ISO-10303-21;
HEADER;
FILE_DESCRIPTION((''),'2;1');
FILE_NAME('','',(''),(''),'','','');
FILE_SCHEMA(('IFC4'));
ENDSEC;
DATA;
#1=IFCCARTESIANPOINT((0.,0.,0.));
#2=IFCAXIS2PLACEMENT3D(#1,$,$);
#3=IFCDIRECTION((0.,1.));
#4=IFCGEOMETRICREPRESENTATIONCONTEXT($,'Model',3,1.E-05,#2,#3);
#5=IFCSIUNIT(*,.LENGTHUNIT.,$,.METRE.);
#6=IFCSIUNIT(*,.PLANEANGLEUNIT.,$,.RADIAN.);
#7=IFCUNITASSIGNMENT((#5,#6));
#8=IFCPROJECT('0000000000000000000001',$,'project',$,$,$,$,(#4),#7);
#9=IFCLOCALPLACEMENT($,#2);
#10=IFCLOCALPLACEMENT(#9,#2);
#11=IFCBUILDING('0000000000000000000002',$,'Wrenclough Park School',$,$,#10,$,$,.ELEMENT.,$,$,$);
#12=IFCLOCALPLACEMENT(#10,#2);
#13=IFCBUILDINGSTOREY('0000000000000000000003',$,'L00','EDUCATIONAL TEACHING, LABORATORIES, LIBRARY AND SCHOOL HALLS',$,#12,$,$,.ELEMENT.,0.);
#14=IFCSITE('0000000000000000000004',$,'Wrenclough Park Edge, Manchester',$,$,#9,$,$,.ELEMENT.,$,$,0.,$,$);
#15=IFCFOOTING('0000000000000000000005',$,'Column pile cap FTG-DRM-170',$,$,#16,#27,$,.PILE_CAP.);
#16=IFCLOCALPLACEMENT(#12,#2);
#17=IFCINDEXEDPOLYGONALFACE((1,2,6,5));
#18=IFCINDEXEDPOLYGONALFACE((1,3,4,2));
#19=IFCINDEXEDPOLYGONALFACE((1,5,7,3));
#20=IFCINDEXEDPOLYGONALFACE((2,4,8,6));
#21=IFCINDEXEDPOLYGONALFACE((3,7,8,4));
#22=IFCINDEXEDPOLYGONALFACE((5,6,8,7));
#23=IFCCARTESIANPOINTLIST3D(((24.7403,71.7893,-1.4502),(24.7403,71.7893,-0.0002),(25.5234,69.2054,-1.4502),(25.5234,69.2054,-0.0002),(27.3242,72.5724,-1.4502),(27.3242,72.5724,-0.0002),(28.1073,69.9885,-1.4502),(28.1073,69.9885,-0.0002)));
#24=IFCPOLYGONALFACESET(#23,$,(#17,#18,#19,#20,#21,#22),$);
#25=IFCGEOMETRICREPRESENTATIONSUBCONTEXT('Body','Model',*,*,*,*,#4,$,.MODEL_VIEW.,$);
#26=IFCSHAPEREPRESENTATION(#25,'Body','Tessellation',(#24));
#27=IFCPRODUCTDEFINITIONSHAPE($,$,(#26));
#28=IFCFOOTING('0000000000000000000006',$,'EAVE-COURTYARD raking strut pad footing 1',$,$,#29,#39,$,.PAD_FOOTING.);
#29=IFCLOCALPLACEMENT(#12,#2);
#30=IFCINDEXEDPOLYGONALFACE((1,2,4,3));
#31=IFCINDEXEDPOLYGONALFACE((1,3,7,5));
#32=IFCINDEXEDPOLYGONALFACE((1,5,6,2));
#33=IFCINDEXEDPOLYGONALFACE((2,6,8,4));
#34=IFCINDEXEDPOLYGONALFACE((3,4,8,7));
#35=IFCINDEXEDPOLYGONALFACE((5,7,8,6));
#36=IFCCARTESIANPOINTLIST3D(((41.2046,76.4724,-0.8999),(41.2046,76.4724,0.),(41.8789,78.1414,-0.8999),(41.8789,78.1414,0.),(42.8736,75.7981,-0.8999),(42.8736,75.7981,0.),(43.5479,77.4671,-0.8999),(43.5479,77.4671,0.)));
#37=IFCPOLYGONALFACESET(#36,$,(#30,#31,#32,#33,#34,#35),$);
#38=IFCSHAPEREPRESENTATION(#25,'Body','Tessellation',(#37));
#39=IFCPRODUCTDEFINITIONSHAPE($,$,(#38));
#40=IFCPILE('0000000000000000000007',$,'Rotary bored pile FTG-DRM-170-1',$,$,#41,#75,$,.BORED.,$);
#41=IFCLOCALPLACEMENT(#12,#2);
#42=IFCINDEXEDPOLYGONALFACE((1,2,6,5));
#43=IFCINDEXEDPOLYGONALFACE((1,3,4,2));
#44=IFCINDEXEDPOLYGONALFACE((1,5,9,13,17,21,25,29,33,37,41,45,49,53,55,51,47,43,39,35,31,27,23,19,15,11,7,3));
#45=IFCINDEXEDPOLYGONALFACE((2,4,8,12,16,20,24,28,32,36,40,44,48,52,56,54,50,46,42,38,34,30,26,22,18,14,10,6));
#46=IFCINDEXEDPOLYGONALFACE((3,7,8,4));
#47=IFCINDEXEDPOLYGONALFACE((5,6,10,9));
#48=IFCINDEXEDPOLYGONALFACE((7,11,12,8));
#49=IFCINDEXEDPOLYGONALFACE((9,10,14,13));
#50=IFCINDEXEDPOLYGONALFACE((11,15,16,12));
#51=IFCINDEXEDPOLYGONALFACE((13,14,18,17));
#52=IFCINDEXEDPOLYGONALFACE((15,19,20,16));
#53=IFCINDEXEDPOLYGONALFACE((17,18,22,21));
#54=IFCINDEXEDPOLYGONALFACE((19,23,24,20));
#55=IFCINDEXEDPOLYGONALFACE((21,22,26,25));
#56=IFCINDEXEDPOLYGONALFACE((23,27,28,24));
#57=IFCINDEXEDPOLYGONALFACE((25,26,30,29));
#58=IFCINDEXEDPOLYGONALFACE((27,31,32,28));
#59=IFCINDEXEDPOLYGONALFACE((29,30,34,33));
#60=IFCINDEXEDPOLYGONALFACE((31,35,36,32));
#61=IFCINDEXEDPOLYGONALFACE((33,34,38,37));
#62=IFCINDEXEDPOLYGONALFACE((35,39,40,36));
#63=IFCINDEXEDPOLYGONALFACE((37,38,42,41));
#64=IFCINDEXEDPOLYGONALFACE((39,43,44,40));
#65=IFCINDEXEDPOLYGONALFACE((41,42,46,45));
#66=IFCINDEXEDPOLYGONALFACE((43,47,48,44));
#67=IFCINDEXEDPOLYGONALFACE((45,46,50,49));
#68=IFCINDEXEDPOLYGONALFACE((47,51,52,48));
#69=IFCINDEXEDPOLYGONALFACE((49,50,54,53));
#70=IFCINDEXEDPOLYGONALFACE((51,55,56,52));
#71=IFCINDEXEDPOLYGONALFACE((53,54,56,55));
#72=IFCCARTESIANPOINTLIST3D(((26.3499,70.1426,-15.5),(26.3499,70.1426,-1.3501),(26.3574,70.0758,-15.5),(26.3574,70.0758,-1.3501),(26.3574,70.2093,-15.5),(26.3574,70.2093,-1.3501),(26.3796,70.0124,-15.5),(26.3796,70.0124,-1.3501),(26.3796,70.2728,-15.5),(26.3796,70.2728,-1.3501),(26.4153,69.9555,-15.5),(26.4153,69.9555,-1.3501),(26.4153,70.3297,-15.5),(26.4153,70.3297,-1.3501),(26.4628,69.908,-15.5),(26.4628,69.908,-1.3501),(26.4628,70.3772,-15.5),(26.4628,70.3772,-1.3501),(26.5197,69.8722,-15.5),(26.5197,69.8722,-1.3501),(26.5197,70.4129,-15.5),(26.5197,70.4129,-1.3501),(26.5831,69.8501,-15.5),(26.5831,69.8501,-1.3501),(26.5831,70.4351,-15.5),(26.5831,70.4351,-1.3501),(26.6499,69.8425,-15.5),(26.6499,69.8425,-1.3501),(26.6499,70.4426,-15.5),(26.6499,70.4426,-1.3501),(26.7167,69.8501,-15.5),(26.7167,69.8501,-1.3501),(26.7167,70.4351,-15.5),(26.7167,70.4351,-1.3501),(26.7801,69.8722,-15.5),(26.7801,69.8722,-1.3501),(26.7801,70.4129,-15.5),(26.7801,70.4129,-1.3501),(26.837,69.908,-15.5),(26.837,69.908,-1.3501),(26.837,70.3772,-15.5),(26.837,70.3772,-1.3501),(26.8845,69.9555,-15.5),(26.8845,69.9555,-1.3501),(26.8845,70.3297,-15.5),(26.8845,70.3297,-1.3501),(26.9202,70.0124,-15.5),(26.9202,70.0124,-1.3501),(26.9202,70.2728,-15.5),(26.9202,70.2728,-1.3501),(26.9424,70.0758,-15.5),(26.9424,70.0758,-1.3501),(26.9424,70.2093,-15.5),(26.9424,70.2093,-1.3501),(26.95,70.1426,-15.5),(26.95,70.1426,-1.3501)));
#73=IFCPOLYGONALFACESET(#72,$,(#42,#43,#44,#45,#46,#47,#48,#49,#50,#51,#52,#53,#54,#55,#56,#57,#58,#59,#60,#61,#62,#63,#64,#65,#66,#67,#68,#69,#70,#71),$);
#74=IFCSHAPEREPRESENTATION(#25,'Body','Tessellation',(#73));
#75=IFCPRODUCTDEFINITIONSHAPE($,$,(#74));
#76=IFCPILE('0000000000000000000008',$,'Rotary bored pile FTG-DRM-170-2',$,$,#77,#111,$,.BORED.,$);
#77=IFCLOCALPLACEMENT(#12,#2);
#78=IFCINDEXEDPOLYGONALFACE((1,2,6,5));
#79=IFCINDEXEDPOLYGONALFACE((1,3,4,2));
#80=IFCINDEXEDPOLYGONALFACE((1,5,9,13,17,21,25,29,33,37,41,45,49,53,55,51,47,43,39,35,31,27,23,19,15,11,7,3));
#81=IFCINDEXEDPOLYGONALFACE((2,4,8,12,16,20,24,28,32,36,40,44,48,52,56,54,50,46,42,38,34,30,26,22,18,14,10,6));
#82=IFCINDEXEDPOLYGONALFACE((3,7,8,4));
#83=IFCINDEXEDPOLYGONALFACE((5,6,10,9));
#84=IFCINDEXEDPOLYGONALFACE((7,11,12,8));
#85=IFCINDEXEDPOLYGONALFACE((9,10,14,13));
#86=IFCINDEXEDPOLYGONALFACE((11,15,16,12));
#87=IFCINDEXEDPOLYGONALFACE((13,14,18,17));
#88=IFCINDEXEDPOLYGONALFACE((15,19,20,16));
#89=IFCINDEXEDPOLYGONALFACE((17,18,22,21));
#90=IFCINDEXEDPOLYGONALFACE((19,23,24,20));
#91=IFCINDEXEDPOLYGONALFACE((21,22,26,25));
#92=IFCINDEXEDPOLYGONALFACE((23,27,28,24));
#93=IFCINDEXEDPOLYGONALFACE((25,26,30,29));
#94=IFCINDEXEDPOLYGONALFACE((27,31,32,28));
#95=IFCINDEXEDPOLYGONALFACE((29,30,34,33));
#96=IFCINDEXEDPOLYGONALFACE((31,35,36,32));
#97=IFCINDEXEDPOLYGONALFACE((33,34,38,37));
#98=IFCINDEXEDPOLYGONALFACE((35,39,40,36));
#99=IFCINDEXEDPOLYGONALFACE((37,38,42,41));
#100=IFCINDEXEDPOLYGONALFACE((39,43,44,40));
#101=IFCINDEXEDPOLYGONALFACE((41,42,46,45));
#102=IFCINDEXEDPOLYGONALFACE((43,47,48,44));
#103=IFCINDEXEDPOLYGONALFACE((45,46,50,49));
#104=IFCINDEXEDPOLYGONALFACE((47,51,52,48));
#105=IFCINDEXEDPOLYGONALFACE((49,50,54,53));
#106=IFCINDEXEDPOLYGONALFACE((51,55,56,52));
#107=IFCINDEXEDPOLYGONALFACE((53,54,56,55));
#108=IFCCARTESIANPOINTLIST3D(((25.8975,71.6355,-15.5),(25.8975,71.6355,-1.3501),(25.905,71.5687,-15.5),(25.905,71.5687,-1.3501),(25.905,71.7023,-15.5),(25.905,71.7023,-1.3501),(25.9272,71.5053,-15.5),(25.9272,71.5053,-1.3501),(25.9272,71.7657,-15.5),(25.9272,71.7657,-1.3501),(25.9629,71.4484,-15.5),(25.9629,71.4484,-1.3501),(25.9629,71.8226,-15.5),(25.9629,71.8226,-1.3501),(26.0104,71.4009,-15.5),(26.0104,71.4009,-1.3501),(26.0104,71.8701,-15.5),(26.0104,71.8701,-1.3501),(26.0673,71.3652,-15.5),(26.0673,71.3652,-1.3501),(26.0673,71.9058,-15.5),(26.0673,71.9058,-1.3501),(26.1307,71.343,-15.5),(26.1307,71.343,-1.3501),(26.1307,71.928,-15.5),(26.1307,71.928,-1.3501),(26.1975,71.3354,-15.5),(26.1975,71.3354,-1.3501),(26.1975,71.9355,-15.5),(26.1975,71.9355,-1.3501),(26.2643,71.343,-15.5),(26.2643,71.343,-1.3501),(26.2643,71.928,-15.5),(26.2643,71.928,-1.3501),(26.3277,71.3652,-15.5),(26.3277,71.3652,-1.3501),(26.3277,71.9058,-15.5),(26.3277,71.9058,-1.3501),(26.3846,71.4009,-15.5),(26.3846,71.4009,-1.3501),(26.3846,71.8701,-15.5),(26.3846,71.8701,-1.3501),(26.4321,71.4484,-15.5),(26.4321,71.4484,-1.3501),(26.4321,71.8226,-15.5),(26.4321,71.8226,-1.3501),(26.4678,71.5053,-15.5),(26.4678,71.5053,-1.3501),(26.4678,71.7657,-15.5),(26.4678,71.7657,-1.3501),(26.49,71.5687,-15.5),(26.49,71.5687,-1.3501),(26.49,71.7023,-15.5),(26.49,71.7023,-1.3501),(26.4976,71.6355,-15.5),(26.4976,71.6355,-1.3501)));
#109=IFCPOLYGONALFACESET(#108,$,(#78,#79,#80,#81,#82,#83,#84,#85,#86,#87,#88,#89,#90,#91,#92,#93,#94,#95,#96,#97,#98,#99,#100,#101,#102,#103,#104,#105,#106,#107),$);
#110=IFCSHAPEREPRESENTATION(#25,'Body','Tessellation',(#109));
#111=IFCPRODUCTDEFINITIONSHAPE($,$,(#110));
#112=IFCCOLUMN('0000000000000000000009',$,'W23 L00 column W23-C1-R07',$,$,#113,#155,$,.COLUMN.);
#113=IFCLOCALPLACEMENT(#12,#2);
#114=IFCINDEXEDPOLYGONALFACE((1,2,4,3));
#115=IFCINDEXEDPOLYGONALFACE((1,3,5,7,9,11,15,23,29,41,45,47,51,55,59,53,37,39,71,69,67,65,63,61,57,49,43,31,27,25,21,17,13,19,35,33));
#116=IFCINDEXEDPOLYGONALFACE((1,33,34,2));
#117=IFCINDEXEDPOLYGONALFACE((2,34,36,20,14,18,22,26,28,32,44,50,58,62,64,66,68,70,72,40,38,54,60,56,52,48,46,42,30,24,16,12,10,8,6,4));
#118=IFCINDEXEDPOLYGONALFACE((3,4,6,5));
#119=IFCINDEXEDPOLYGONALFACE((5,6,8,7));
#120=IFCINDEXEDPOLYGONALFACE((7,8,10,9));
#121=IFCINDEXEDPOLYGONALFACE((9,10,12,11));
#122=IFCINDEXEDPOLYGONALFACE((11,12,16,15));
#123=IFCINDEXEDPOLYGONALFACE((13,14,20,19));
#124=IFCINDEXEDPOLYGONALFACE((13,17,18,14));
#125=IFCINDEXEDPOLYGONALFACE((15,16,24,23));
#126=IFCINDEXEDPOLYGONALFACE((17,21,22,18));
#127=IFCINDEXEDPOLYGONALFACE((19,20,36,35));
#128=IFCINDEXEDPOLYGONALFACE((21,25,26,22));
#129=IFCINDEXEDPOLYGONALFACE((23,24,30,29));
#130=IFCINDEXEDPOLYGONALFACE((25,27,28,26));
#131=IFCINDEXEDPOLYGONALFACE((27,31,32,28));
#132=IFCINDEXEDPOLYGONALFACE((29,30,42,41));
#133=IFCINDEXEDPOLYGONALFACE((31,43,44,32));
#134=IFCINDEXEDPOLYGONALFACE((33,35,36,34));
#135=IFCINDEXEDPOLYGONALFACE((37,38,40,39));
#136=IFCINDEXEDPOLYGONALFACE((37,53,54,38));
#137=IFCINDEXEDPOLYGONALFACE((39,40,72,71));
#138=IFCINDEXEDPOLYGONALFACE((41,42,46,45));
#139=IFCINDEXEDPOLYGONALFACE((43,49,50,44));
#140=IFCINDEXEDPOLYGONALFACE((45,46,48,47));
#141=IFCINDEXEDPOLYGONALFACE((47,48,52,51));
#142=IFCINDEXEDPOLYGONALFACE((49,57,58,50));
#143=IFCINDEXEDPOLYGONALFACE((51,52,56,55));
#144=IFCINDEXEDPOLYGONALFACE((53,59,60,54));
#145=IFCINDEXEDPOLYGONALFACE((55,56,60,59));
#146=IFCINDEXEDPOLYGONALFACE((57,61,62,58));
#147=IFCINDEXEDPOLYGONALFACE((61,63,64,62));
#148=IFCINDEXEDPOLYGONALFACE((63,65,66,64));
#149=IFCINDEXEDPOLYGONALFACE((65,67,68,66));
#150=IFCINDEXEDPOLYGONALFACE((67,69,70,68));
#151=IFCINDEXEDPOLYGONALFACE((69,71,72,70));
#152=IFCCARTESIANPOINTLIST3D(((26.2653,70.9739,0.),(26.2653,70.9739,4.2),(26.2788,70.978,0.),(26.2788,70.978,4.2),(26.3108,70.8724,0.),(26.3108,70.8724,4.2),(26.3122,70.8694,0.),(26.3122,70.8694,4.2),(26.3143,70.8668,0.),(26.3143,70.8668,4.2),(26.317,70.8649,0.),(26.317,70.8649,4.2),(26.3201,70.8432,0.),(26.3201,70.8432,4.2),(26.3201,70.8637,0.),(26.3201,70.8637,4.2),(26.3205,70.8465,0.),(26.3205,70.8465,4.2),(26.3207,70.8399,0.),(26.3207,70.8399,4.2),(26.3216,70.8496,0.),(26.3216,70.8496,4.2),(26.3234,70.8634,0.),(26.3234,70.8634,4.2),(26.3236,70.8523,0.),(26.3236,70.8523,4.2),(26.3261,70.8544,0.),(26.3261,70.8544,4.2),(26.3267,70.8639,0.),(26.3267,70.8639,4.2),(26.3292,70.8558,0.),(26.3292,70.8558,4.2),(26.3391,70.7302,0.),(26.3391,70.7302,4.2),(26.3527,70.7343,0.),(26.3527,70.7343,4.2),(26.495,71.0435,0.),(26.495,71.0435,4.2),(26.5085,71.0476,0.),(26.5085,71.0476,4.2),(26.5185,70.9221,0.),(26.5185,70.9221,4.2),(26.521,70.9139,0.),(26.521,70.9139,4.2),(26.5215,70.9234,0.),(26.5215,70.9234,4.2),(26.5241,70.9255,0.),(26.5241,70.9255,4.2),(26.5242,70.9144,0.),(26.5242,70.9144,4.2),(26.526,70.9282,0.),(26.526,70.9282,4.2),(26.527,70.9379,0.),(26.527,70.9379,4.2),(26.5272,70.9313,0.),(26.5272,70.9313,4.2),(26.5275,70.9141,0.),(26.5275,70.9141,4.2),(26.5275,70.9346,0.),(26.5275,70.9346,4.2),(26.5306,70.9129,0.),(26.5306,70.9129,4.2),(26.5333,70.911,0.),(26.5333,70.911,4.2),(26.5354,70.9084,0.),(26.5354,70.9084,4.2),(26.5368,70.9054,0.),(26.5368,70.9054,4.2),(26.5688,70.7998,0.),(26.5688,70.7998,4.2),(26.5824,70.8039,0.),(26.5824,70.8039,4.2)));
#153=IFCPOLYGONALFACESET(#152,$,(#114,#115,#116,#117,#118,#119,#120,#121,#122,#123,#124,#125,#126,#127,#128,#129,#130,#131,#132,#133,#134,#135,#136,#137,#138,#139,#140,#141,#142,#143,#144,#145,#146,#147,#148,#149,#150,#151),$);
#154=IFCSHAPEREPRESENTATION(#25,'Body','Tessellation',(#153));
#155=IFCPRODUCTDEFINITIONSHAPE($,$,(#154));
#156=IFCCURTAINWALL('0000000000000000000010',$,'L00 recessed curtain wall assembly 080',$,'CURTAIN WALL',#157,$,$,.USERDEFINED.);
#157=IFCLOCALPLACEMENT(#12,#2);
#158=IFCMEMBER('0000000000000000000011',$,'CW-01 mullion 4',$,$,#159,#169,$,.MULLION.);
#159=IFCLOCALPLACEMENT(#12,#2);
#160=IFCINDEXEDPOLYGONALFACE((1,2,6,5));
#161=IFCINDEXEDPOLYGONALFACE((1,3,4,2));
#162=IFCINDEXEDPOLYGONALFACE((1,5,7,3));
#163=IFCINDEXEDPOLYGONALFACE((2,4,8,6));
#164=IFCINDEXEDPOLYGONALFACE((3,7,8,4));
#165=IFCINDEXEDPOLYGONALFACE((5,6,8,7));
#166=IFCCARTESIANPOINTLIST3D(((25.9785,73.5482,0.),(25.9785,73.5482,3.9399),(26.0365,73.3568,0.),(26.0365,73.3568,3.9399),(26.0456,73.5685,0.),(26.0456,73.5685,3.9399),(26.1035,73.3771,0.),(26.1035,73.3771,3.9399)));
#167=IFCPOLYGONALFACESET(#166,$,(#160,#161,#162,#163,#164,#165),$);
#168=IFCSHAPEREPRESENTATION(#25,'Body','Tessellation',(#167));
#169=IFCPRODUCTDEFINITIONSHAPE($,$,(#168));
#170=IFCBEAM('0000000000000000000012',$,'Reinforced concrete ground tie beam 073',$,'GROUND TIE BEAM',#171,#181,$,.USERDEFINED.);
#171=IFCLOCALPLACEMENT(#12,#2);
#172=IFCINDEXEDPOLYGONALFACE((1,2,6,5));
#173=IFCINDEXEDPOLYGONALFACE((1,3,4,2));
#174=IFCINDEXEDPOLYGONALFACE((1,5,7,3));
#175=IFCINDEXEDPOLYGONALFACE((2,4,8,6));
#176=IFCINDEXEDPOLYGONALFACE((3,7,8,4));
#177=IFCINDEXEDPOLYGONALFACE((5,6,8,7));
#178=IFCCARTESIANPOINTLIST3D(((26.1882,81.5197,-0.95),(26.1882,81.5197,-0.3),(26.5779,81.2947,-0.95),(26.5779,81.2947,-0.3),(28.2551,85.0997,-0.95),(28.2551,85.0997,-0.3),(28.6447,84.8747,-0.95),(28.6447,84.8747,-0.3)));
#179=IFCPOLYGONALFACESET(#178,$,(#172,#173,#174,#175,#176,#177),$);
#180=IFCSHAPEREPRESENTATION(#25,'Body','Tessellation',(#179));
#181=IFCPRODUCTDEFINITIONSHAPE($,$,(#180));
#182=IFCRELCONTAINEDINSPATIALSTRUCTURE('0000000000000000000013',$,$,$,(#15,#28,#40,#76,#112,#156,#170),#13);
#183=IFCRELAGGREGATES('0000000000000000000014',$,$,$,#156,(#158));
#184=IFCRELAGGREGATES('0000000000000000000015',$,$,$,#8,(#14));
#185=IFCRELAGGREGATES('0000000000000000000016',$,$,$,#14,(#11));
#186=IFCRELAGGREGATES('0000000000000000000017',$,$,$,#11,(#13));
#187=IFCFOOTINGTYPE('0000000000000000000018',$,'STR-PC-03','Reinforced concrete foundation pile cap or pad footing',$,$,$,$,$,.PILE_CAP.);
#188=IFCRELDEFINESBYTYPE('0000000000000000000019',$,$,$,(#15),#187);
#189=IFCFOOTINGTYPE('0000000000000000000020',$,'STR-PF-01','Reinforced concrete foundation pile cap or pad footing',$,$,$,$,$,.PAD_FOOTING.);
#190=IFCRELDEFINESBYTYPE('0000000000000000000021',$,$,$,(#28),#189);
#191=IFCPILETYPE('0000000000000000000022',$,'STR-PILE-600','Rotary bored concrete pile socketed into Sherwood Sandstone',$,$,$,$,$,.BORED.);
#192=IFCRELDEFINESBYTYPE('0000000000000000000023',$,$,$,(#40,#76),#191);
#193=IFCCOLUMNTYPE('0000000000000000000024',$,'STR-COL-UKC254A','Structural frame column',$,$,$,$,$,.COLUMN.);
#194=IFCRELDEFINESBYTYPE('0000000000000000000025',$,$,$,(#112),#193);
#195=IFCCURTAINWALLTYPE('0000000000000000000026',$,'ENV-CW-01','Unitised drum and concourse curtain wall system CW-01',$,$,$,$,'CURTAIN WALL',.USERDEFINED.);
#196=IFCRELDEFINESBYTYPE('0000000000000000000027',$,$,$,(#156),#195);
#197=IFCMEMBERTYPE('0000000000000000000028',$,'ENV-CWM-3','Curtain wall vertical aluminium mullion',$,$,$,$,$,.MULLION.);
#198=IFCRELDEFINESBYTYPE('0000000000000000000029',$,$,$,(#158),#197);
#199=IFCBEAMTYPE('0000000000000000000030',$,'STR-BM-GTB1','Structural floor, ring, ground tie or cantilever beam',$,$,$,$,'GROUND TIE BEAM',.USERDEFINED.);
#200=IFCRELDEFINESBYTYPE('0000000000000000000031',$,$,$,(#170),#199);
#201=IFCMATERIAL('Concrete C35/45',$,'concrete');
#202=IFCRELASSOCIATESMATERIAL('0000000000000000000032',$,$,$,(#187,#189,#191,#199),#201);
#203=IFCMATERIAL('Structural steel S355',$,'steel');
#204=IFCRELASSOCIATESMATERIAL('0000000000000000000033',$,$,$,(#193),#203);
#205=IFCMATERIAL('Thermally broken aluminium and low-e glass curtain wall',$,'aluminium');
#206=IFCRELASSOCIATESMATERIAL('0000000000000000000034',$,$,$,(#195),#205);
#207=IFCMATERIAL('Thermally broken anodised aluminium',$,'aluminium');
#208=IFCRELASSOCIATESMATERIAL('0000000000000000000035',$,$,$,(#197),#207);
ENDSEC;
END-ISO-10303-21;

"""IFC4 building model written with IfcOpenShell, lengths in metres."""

from ifc_helpers import new_model, si_unit, direction, frame, origin, origin_2d, place, context, subcontext, project, spatial, rectangle, circle, i_section, extrude, material, material_profile, profile_set, type_object, element, aggregate, save


model = new_model("IFC4")

# Units and contexts
model_context = context("Model", 3, precision=1e-05, world=origin(), true_north=direction((0.0, 1.0)))
body_context = subcontext(model_context, "Body", "Model", "MODEL_VIEW")
ifc_project = project(units=[si_unit("LENGTHUNIT", "METRE"), si_unit("PLANEANGLEUNIT", "RADIAN")], contexts=[model_context])

# Site, building, storey
site_placement = place(None, origin())
site = spatial("IfcSite", under=ifc_project, at=site_placement, Name="Wrenclough Park Edge, Manchester", CompositionType="ELEMENT", RefElevation=0.0)
building_placement = place(site_placement, origin())
building = spatial("IfcBuilding", under=site, at=building_placement, Name="Wrenclough Park School", CompositionType="ELEMENT")
storey_placement = place(building_placement, origin())
storey = spatial("IfcBuildingStorey", under=building, at=storey_placement, Name="L00", Description="EDUCATIONAL TEACHING, LABORATORIES, LIBRARY AND SCHOOL HALLS", CompositionType="ELEMENT", Elevation=0.0)

# Footings
ifc_material_1 = material(Name="Concrete C35/45", Category="concrete")
footing_type_1 = type_object("IfcFootingType", Name="STR-PC-03", Description="Reinforced concrete foundation pile cap or pad footing", PredefinedType="PILE_CAP", material=ifc_material_1)
footing_1_placement = place(storey_placement, frame((26.4238, 70.8889, -1.4502), z_axis=(0.0, 0.0, 1.0), x_axis=(-0.290034, 0.957016, 0.0)))
element("IfcFooting", 1, at=footing_1_placement, inside=storey, type_object=footing_type_1, Name="Column pile cap FTG-DRM-170", PredefinedType="PILE_CAP", context=body_context, shape_type="SweptSolid", body=[
    extrude(rectangle(XDim=2.7, YDim=2.7, at=origin_2d()), origin(), (0.0, 0.0, 1.0), 1.45),
])
footing_type_2 = type_object("IfcFootingType", Name="STR-PF-01", Description="Reinforced concrete foundation pile cap or pad footing", PredefinedType="PAD_FOOTING", material=ifc_material_1)
footing_2_placement = place(storey_placement, frame((42.3762, 76.9697, -0.8999), z_axis=(0.0, 0.0, 1.0), x_axis=(0.927184, -0.374607, 0.0)))
element("IfcFooting", 2, at=footing_2_placement, inside=storey, type_object=footing_type_2, Name="EAVE-COURTYARD raking strut pad footing 1", PredefinedType="PAD_FOOTING", context=body_context, shape_type="SweptSolid", body=[
    extrude(rectangle(XDim=1.8, YDim=1.8, at=origin_2d()), origin(), (0.0, 0.0, 1.0), 0.8999),
])

# Piles
ifc_material_profile_1 = material_profile(ifc_material_1, circle(Radius=0.3, at=origin_2d()), Name="BORED PILE D600")
ifc_profile_set_1 = profile_set([ifc_material_profile_1], Name="Concrete C35/45")
pile_type = type_object("IfcPileType", Name="STR-PILE-600", Description="Rotary bored concrete pile socketed into Sherwood Sandstone", PredefinedType="BORED", material=ifc_profile_set_1)
for number, where, z_axis, x_axis, name in (
    (3, (26.6499, 70.1426, -1.3501), (0.0, 0.0, -1.0), (1.0, 0.0, 0.0), "Rotary bored pile FTG-DRM-170-1"),
    (4, (26.1975, 71.6355, -1.3501), (0.0, 0.0, -1.0), (1.0, 0.0, 0.0), "Rotary bored pile FTG-DRM-170-2"),
):
    element("IfcPile", number, at=place(storey_placement, frame(where, z_axis=z_axis, x_axis=x_axis)), inside=storey, type_object=pile_type, Name=name, PredefinedType="BORED", context=body_context, shape_type="SweptSolid", body=[
        extrude(circle(Radius=0.3, at=origin_2d()), origin(), (0.0, 0.0, 1.0), 14.1499),
    ])

# Column
ifc_material_2 = material(Name="Structural steel S355", Category="steel")
ifc_material_profile_2 = material_profile(ifc_material_2, i_section(OverallWidth=0.2546, OverallDepth=0.2542, WebThickness=0.0085, FlangeThickness=0.0142, FilletRadius=0.0127, at=origin_2d()), Name="UKC 254x254x73")
ifc_profile_set_2 = profile_set([ifc_material_profile_2], Name="Structural steel S355")
column_type = type_object("IfcColumnType", Name="STR-COL-UKC254A", Description="Structural frame column", PredefinedType="COLUMN", material=ifc_profile_set_2)
column_placement = place(storey_placement, frame((26.4238, 70.8889, 0.0), z_axis=(0.0, 0.0, 1.0), x_axis=(-0.290034, 0.957016, 0.0)))
element("IfcColumn", 5, at=column_placement, inside=storey, type_object=column_type, Name="W23 L00 column W23-C1-R07", PredefinedType="COLUMN", context=body_context, shape_type="SweptSolid", body=[
    extrude(i_section(OverallWidth=0.2546, OverallDepth=0.2542, WebThickness=0.0085, FlangeThickness=0.0142, FilletRadius=0.0127, at=origin_2d()), origin(), (0.0, 0.0, 1.0), 4.2),
])

# Curtain wall, member
ifc_material_3 = material(Name="Thermally broken aluminium and low-e glass curtain wall", Category="aluminium")
curtain_wall_type = type_object("IfcCurtainWallType", Name="ENV-CW-01", Description="Unitised drum and concourse curtain wall system CW-01", ElementType="CURTAIN WALL", PredefinedType="USERDEFINED", material=ifc_material_3)
curtain_wall_placement = place(storey_placement, origin())
curtain_wall = element("IfcCurtainWall", 6, at=curtain_wall_placement, inside=storey, type_object=curtain_wall_type, Name="L00 recessed curtain wall assembly 080", ObjectType="CURTAIN WALL", PredefinedType="USERDEFINED")
ifc_material_4 = material(Name="Thermally broken anodised aluminium", Category="aluminium")
ifc_material_profile_3 = material_profile(ifc_material_4, rectangle(XDim=0.0701, YDim=0.2, at=origin_2d()), Name="AL MULLION 70x200")
ifc_profile_set_3 = profile_set([ifc_material_profile_3], Name="Thermally broken anodised aluminium")
member_type_1 = type_object("IfcMemberType", Name="ENV-CWM-3", Description="Curtain wall vertical aluminium mullion", PredefinedType="MULLION", material=ifc_profile_set_3)
member_1_placement = place(storey_placement, frame((26.041, 73.4626, 0.0), z_axis=(0.0, 0.0, 1.0), x_axis=(0.95703, 0.289989, 0.0)))
member_1 = element("IfcMember", 7, at=member_1_placement, type_object=member_type_1, Name="CW-01 mullion 4", PredefinedType="MULLION", context=body_context, shape_type="SweptSolid", body=[
    extrude(rectangle(XDim=0.0701, YDim=0.2, at=origin_2d()), origin(), (0.0, 0.0, 1.0), 3.9399),
])
aggregate(curtain_wall, [member_1])

# Beam
ifc_material_profile_4 = material_profile(ifc_material_1, rectangle(XDim=0.45, YDim=0.6499, at=origin_2d()), Name="RC GROUND 450x650")
ifc_profile_set_4 = profile_set([ifc_material_profile_4], Name="Concrete C35/45")
beam_type = type_object("IfcBeamType", Name="STR-BM-GTB1", Description="Structural floor, ring, ground tie or cantilever beam", ElementType="GROUND TIE BEAM", PredefinedType="USERDEFINED", material=ifc_profile_set_4)
beam_placement = place(storey_placement, frame((26.3831, 81.4072, -0.625), z_axis=(0.499988, 0.866032, 0.0), x_axis=(-0.866032, 0.499988, 0.0)))
element("IfcBeam", 8, at=beam_placement, inside=storey, type_object=beam_type, Name="Reinforced concrete ground tie beam 073", ObjectType="GROUND TIE BEAM", PredefinedType="USERDEFINED", context=body_context, shape_type="SweptSolid", body=[
    extrude(rectangle(XDim=0.45, YDim=0.6499, at=origin_2d()), origin(), (0.0, 0.0, 1.0), 4.1338),
])

save(model, "model.ifc")
